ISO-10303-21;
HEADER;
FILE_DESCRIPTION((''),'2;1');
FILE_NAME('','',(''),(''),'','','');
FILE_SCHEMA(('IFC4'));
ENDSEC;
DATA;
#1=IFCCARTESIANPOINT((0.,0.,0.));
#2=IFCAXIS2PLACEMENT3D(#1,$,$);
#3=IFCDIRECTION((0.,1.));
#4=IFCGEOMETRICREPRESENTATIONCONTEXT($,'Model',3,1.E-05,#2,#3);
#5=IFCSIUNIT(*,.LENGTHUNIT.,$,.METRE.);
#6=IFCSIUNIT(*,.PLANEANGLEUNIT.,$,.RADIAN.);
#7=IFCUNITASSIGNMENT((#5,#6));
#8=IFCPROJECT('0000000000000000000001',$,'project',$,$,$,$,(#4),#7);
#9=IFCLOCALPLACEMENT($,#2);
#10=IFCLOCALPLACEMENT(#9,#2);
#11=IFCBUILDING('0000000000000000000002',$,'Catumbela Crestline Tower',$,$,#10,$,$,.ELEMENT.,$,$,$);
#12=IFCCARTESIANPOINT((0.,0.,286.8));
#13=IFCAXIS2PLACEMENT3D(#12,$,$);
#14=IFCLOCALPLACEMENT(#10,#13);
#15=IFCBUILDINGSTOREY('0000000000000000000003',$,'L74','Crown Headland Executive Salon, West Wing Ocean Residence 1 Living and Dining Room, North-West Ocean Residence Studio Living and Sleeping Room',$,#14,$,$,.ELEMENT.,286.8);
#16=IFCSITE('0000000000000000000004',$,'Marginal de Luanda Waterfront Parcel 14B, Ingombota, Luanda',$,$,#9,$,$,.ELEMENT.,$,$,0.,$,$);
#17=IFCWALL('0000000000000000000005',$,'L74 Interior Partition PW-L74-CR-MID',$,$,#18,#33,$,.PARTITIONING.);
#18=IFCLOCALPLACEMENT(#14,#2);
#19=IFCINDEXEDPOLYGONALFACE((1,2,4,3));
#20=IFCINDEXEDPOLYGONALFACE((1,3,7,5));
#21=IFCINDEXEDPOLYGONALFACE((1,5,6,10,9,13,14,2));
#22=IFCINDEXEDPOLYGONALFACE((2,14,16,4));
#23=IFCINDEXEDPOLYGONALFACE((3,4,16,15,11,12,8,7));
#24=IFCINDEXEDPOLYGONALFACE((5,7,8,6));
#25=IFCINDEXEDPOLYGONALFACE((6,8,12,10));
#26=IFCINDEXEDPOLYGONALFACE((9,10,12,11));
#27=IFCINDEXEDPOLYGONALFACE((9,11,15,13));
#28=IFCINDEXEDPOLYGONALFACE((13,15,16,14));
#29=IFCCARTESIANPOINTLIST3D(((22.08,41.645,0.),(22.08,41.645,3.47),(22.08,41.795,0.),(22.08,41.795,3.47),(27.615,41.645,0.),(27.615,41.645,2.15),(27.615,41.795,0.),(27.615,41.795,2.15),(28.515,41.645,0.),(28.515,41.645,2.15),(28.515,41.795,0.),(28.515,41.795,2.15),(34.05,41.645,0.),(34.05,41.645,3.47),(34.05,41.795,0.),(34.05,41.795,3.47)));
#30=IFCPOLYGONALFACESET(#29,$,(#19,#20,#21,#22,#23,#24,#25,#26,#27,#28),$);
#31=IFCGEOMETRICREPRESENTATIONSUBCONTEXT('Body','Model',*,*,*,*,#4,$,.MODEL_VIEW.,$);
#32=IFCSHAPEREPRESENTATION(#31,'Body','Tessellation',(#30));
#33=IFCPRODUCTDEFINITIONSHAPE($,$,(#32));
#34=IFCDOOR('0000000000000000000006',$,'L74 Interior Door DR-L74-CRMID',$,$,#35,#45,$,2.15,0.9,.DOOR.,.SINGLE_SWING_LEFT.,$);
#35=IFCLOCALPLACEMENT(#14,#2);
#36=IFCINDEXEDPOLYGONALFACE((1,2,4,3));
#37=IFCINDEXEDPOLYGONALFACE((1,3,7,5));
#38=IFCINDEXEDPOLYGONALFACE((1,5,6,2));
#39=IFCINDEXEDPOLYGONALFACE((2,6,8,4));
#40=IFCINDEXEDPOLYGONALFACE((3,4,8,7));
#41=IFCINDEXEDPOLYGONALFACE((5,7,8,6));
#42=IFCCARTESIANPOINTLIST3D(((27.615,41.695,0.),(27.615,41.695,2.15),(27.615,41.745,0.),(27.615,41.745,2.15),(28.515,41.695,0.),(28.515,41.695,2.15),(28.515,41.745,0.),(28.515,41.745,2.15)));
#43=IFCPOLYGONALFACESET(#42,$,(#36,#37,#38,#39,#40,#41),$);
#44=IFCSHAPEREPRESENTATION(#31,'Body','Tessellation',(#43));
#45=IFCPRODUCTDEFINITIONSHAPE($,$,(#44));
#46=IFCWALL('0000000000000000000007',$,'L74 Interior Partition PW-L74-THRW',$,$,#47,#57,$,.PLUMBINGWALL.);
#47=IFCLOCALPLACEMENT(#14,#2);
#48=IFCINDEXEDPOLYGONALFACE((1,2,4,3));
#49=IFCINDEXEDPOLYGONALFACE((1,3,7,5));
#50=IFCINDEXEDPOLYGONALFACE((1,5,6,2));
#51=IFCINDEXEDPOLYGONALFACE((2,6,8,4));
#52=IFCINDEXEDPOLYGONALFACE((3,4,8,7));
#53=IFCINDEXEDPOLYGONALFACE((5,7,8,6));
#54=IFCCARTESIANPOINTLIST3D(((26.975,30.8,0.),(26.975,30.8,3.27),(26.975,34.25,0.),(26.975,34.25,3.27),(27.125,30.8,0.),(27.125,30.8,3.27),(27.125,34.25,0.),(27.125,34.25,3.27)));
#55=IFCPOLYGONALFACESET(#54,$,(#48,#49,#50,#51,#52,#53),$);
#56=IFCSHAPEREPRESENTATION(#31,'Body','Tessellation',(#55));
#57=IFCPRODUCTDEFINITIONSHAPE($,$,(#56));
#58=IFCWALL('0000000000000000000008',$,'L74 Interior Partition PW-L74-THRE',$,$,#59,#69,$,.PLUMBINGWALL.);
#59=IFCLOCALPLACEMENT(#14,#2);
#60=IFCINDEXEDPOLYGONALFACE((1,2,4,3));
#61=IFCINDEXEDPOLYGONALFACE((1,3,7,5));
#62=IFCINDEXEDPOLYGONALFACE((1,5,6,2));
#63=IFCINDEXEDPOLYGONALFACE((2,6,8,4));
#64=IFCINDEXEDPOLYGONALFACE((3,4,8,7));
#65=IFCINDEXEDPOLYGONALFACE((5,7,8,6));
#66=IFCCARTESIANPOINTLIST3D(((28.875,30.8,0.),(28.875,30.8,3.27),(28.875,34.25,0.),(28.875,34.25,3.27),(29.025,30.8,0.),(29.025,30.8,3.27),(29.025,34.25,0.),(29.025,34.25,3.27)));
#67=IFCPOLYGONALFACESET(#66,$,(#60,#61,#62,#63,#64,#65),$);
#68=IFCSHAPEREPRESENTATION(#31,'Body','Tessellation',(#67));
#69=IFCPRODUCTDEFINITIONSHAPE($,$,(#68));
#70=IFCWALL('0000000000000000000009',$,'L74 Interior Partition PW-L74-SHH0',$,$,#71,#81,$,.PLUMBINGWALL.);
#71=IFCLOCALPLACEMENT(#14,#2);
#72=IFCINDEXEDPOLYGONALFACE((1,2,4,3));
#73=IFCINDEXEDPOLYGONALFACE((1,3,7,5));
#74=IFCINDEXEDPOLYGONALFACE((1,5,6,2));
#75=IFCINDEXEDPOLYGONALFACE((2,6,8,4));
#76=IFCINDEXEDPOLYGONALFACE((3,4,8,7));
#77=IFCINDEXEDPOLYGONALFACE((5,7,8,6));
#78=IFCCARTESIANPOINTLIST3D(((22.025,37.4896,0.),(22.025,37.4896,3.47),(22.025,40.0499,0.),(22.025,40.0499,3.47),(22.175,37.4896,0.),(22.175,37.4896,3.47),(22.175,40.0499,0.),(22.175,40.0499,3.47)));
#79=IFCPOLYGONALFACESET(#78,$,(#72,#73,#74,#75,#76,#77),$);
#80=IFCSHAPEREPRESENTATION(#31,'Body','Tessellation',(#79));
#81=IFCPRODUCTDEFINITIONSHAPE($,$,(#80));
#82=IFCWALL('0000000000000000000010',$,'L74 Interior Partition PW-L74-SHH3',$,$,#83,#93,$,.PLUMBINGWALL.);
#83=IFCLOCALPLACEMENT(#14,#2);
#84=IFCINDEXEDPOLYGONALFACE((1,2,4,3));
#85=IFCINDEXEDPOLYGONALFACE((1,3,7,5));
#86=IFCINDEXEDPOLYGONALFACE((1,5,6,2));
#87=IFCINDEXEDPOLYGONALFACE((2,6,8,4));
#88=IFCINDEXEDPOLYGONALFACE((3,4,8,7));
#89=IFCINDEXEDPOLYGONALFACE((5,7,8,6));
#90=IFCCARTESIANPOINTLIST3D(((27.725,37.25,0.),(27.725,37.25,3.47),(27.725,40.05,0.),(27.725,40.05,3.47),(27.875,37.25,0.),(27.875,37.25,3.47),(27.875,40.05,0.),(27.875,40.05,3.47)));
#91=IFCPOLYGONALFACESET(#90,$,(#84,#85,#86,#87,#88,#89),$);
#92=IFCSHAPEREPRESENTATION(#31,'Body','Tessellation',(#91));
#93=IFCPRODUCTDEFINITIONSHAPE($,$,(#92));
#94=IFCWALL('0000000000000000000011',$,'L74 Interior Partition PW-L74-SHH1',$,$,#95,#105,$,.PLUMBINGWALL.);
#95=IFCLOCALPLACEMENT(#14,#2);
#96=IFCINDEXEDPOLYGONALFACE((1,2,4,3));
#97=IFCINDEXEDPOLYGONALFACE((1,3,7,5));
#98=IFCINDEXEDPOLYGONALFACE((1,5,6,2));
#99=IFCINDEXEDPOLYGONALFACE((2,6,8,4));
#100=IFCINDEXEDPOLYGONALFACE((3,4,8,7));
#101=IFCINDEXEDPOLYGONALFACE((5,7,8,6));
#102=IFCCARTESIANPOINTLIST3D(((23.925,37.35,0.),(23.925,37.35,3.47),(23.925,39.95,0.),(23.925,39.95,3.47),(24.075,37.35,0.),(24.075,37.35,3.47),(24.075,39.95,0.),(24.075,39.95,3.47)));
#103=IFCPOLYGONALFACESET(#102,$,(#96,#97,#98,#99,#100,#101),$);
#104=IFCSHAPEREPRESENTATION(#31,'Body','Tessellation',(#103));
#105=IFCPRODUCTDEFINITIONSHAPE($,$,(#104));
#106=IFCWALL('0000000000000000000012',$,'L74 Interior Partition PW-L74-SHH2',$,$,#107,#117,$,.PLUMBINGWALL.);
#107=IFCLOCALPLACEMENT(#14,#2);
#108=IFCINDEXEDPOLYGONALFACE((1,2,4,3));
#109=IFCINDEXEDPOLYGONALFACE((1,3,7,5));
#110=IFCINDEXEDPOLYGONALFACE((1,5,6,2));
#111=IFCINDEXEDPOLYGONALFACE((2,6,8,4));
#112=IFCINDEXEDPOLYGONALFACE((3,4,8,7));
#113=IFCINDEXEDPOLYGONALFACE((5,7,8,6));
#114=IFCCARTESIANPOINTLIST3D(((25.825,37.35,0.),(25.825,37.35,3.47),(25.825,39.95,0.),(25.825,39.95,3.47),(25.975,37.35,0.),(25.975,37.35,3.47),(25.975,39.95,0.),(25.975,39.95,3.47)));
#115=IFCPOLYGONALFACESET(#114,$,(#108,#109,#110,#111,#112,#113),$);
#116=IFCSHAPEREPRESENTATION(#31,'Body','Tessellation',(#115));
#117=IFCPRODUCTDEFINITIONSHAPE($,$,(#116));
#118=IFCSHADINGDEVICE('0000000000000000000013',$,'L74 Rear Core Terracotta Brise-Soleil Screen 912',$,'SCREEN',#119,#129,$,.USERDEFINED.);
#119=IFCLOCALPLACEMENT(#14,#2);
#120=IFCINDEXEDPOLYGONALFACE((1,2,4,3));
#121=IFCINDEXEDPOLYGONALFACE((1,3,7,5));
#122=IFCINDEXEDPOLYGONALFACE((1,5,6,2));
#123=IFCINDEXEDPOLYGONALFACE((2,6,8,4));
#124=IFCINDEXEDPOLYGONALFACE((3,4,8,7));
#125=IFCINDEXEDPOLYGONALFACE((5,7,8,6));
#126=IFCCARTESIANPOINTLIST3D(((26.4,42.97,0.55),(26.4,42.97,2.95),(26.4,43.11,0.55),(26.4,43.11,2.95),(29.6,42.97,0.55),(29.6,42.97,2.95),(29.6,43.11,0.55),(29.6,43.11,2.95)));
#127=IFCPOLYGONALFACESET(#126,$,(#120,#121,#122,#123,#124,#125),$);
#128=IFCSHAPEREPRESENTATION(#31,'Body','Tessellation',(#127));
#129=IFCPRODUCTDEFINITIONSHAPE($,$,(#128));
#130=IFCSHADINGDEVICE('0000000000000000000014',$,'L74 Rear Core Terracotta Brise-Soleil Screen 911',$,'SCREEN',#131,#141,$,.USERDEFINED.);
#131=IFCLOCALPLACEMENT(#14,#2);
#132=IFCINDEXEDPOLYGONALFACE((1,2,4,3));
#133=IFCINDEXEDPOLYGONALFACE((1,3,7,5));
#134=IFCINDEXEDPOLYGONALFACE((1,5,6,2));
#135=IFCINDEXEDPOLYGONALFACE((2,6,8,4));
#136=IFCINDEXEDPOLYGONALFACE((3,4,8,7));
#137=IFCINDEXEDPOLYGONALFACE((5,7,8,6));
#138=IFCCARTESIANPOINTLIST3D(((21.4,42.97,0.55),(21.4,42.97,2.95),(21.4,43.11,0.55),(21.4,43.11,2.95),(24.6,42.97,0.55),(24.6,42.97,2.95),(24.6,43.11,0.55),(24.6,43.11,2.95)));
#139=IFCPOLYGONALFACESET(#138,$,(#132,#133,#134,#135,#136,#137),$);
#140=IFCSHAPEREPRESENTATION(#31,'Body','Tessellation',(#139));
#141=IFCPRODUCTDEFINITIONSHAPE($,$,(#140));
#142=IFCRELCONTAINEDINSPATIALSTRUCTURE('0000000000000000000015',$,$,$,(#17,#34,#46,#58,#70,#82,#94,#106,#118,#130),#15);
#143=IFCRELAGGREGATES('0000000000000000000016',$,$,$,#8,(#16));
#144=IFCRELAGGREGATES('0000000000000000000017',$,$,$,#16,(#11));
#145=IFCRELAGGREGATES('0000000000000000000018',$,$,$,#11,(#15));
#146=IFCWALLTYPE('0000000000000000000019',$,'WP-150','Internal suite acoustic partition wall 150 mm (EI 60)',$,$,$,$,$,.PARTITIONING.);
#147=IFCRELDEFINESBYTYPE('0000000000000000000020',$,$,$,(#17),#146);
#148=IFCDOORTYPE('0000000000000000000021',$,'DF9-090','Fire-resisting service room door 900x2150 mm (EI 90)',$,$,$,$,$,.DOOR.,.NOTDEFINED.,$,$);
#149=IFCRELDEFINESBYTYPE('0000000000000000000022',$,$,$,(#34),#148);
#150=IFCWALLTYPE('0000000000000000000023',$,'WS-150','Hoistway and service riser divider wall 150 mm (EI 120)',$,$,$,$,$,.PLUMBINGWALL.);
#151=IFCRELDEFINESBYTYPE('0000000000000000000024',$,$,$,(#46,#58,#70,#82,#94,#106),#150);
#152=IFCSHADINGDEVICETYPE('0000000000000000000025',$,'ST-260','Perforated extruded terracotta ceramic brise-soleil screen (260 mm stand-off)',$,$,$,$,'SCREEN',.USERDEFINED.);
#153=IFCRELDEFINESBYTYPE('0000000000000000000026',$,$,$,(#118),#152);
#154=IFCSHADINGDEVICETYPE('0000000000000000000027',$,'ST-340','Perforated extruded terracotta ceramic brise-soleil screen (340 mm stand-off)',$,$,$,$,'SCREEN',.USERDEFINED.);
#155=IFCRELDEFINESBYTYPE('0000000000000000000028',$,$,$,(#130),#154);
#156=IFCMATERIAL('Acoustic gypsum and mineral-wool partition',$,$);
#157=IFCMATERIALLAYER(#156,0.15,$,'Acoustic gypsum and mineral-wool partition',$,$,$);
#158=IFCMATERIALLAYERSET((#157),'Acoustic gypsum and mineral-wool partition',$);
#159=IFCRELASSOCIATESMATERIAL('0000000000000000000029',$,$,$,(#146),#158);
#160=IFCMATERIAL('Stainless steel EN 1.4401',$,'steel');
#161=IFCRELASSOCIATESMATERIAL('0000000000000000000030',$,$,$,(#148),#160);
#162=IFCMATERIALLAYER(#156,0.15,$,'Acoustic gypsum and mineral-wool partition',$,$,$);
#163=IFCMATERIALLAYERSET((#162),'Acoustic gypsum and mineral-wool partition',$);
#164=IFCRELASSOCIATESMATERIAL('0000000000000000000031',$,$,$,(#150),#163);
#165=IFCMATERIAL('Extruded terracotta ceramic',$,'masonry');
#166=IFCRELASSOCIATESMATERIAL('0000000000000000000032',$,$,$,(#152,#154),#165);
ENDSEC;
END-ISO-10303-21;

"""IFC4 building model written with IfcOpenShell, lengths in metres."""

from ifc_helpers import new_model, si_unit, direction, frame, frame_2d, origin, origin_2d, place, context, subcontext, project, spatial, rectangle, extrude, material, layer, layer_set, type_object, element, fill, save


model = new_model("IFC4")

# Units and contexts
model_context = context("Model", 3, precision=1e-05, world=origin(), true_north=direction((0.0, 1.0)))
body_context = subcontext(model_context, "Body", "Model", "MODEL_VIEW")
ifc_project = project(units=[si_unit("LENGTHUNIT", "METRE"), si_unit("PLANEANGLEUNIT", "RADIAN")], contexts=[model_context])

# Site, building, storey
site_placement = place(None, origin())
site = spatial("IfcSite", under=ifc_project, at=site_placement, Name="Marginal de Luanda Waterfront Parcel 14B, Ingombota, Luanda", CompositionType="ELEMENT", RefElevation=0.0)
building_placement = place(site_placement, origin())
building = spatial("IfcBuilding", under=site, at=building_placement, Name="Catumbela Crestline Tower", CompositionType="ELEMENT")
storey_placement = place(building_placement, frame((0.0, 0.0, 286.8)))
storey = spatial("IfcBuildingStorey", under=building, at=storey_placement, Name="L74", Description="Crown Headland Executive Salon, West Wing Ocean Residence 1 Living and Dining Room, North-West Ocean Residence Studio Living and Sleeping Room", CompositionType="ELEMENT", Elevation=286.8)

# Wall, opening, door
ifc_material_1 = material(Name="Stainless steel EN 1.4401", Category="steel")
ifc_material_2 = material(Name="Acoustic gypsum and mineral-wool partition")
ifc_layer_1 = layer(ifc_material_2, 0.15, Name="Acoustic gypsum and mineral-wool partition")
ifc_layer_set_1 = layer_set([ifc_layer_1], Name="Acoustic gypsum and mineral-wool partition")
wall_type_1 = type_object("IfcWallType", Name="WP-150", Description="Internal suite acoustic partition wall 150 mm (EI 60)", PredefinedType="PARTITIONING", material=ifc_layer_set_1)
wall_1_placement = place(storey_placement, frame((22.08, 41.72, 0.0), z_axis=(0.0, 0.0, 1.0), x_axis=(1.0, 0.0, 0.0)))
wall_1 = element("IfcWall", 1, at=wall_1_placement, inside=storey, type_object=wall_type_1, Name="L74 Interior Partition PW-L74-CR-MID", PredefinedType="PARTITIONING", context=body_context, shape_type="SweptSolid", body=[
    extrude(rectangle(XDim=11.97, YDim=0.15, at=frame_2d((5.985, 0.0))), origin(), (0.0, 0.0, 1.0), 3.47),
])
opening_1_placement = place(wall_1_placement, frame((5.535, 0.0, 0.0)))
opening_1 = element("IfcOpeningElement", 2, at=opening_1_placement, cuts=wall_1, PredefinedType="OPENING", context=body_context, shape_type="SweptSolid", body=[
    extrude(rectangle(XDim=0.9, YDim=2.15, at=frame_2d((0.45, 1.075))), frame((0.0, 0.085, 0.0), z_axis=(0.0, -1.0, 0.0), x_axis=(1.0, 0.0, 0.0)), (0.0, 0.0, 1.0), 0.17),
])
door_type_1 = type_object("IfcDoorType", Name="DF9-090", Description="Fire-resisting service room door 900x2150 mm (EI 90)", OperationType="NOTDEFINED", PredefinedType="DOOR", material=ifc_material_1)
door_1_placement = place(opening_1_placement, origin())
door_1 = element("IfcDoor", 3, at=door_1_placement, inside=storey, type_object=door_type_1, Name="L74 Interior Door DR-L74-CRMID", OperationType="SINGLE_SWING_LEFT", OverallHeight=2.15, OverallWidth=0.9, PredefinedType="DOOR", context=body_context, shape_type="SweptSolid", body=[
    extrude(rectangle(XDim=0.9, YDim=2.15, at=frame_2d((0.45, 1.075))), frame((0.0, 0.025, 0.0), z_axis=(0.0, -1.0, 0.0), x_axis=(1.0, 0.0, 0.0)), (0.0, 0.0, 1.0), 0.05),
])
fill(opening_1, door_1)

# Walls
ifc_layer_2 = layer(ifc_material_2, 0.15, Name="Acoustic gypsum and mineral-wool partition")
ifc_layer_set_2 = layer_set([ifc_layer_2], Name="Acoustic gypsum and mineral-wool partition")
wall_type_2 = type_object("IfcWallType", Name="WS-150", Description="Hoistway and service riser divider wall 150 mm (EI 120)", PredefinedType="PLUMBINGWALL", material=ifc_layer_set_2)
for number, where, z_axis, x_axis, name in (
    (4, (27.05, 30.8, 0.0), (0.0, 0.0, 1.0), (0.0, 1.0, 0.0), "L74 Interior Partition PW-L74-THRW"),
    (5, (28.95, 30.8, 0.0), (0.0, 0.0, 1.0), (0.0, 1.0, 0.0), "L74 Interior Partition PW-L74-THRE"),
):
    element("IfcWall", number, at=place(storey_placement, frame(where, z_axis=z_axis, x_axis=x_axis)), inside=storey, type_object=wall_type_2, Name=name, PredefinedType="PLUMBINGWALL", context=body_context, shape_type="SweptSolid", body=[
        extrude(rectangle(XDim=3.45, YDim=0.15, at=frame_2d((1.725, 0.0))), origin(), (0.0, 0.0, 1.0), 3.27),
    ])
wall_2_placement = place(storey_placement, frame((22.1, 37.4897, 0.0), z_axis=(0.0, 0.0, 1.0), x_axis=(0.0, 1.0, 0.0)))
element("IfcWall", 6, at=wall_2_placement, inside=storey, type_object=wall_type_2, Name="L74 Interior Partition PW-L74-SHH0", PredefinedType="PLUMBINGWALL", context=body_context, shape_type="SweptSolid", body=[
    extrude(rectangle(XDim=2.5603, YDim=0.15, at=frame_2d((1.2801, 0.0))), origin(), (0.0, 0.0, 1.0), 3.47),
])
wall_3_placement = place(storey_placement, frame((27.8, 37.25, 0.0), z_axis=(0.0, 0.0, 1.0), x_axis=(0.0, 1.0, 0.0)))
element("IfcWall", 7, at=wall_3_placement, inside=storey, type_object=wall_type_2, Name="L74 Interior Partition PW-L74-SHH3", PredefinedType="PLUMBINGWALL", context=body_context, shape_type="SweptSolid", body=[
    extrude(rectangle(XDim=2.8, YDim=0.15, at=frame_2d((1.4, 0.0))), origin(), (0.0, 0.0, 1.0), 3.47),
])
for number, where, z_axis, x_axis, name in (
    (8, (24.0, 37.35, 0.0), (0.0, 0.0, 1.0), (0.0, 1.0, 0.0), "L74 Interior Partition PW-L74-SHH1"),
    (9, (25.9, 37.35, 0.0), (0.0, 0.0, 1.0), (0.0, 1.0, 0.0), "L74 Interior Partition PW-L74-SHH2"),
):
    element("IfcWall", number, at=place(storey_placement, frame(where, z_axis=z_axis, x_axis=x_axis)), inside=storey, type_object=wall_type_2, Name=name, PredefinedType="PLUMBINGWALL", context=body_context, shape_type="SweptSolid", body=[
        extrude(rectangle(XDim=2.6, YDim=0.15, at=frame_2d((1.3, 0.0))), origin(), (0.0, 0.0, 1.0), 3.47),
    ])

# Shading devices
ifc_material_3 = material(Name="Extruded terracotta ceramic", Category="masonry")
shading_device_type_1 = type_object("IfcShadingDeviceType", Name="ST-260", Description="Perforated extruded terracotta ceramic brise-soleil screen (260 mm stand-off)", ElementType="SCREEN", PredefinedType="USERDEFINED", material=ifc_material_3)
shading_device_1_placement = place(storey_placement, frame((28.0, 43.04, 0.55), z_axis=(0.0, 0.0, 1.0), x_axis=(1.0, 0.0, 0.0)))
element("IfcShadingDevice", 10, at=shading_device_1_placement, inside=storey, type_object=shading_device_type_1, Name="L74 Rear Core Terracotta Brise-Soleil Screen 912", ObjectType="SCREEN", PredefinedType="USERDEFINED", context=body_context, shape_type="SweptSolid", body=[
    extrude(rectangle(XDim=3.2, YDim=0.14, at=origin_2d()), origin(), (0.0, 0.0, 1.0), 2.4),
])
shading_device_type_2 = type_object("IfcShadingDeviceType", Name="ST-340", Description="Perforated extruded terracotta ceramic brise-soleil screen (340 mm stand-off)", ElementType="SCREEN", PredefinedType="USERDEFINED", material=ifc_material_3)
shading_device_2_placement = place(storey_placement, frame((23.0, 43.04, 0.55), z_axis=(0.0, 0.0, 1.0), x_axis=(1.0, 0.0, 0.0)))
element("IfcShadingDevice", 11, at=shading_device_2_placement, inside=storey, type_object=shading_device_type_2, Name="L74 Rear Core Terracotta Brise-Soleil Screen 911", ObjectType="SCREEN", PredefinedType="USERDEFINED", context=body_context, shape_type="SweptSolid", body=[
    extrude(rectangle(XDim=3.2, YDim=0.14, at=origin_2d()), origin(), (0.0, 0.0, 1.0), 2.4),
])

save(model, "model.ifc")
